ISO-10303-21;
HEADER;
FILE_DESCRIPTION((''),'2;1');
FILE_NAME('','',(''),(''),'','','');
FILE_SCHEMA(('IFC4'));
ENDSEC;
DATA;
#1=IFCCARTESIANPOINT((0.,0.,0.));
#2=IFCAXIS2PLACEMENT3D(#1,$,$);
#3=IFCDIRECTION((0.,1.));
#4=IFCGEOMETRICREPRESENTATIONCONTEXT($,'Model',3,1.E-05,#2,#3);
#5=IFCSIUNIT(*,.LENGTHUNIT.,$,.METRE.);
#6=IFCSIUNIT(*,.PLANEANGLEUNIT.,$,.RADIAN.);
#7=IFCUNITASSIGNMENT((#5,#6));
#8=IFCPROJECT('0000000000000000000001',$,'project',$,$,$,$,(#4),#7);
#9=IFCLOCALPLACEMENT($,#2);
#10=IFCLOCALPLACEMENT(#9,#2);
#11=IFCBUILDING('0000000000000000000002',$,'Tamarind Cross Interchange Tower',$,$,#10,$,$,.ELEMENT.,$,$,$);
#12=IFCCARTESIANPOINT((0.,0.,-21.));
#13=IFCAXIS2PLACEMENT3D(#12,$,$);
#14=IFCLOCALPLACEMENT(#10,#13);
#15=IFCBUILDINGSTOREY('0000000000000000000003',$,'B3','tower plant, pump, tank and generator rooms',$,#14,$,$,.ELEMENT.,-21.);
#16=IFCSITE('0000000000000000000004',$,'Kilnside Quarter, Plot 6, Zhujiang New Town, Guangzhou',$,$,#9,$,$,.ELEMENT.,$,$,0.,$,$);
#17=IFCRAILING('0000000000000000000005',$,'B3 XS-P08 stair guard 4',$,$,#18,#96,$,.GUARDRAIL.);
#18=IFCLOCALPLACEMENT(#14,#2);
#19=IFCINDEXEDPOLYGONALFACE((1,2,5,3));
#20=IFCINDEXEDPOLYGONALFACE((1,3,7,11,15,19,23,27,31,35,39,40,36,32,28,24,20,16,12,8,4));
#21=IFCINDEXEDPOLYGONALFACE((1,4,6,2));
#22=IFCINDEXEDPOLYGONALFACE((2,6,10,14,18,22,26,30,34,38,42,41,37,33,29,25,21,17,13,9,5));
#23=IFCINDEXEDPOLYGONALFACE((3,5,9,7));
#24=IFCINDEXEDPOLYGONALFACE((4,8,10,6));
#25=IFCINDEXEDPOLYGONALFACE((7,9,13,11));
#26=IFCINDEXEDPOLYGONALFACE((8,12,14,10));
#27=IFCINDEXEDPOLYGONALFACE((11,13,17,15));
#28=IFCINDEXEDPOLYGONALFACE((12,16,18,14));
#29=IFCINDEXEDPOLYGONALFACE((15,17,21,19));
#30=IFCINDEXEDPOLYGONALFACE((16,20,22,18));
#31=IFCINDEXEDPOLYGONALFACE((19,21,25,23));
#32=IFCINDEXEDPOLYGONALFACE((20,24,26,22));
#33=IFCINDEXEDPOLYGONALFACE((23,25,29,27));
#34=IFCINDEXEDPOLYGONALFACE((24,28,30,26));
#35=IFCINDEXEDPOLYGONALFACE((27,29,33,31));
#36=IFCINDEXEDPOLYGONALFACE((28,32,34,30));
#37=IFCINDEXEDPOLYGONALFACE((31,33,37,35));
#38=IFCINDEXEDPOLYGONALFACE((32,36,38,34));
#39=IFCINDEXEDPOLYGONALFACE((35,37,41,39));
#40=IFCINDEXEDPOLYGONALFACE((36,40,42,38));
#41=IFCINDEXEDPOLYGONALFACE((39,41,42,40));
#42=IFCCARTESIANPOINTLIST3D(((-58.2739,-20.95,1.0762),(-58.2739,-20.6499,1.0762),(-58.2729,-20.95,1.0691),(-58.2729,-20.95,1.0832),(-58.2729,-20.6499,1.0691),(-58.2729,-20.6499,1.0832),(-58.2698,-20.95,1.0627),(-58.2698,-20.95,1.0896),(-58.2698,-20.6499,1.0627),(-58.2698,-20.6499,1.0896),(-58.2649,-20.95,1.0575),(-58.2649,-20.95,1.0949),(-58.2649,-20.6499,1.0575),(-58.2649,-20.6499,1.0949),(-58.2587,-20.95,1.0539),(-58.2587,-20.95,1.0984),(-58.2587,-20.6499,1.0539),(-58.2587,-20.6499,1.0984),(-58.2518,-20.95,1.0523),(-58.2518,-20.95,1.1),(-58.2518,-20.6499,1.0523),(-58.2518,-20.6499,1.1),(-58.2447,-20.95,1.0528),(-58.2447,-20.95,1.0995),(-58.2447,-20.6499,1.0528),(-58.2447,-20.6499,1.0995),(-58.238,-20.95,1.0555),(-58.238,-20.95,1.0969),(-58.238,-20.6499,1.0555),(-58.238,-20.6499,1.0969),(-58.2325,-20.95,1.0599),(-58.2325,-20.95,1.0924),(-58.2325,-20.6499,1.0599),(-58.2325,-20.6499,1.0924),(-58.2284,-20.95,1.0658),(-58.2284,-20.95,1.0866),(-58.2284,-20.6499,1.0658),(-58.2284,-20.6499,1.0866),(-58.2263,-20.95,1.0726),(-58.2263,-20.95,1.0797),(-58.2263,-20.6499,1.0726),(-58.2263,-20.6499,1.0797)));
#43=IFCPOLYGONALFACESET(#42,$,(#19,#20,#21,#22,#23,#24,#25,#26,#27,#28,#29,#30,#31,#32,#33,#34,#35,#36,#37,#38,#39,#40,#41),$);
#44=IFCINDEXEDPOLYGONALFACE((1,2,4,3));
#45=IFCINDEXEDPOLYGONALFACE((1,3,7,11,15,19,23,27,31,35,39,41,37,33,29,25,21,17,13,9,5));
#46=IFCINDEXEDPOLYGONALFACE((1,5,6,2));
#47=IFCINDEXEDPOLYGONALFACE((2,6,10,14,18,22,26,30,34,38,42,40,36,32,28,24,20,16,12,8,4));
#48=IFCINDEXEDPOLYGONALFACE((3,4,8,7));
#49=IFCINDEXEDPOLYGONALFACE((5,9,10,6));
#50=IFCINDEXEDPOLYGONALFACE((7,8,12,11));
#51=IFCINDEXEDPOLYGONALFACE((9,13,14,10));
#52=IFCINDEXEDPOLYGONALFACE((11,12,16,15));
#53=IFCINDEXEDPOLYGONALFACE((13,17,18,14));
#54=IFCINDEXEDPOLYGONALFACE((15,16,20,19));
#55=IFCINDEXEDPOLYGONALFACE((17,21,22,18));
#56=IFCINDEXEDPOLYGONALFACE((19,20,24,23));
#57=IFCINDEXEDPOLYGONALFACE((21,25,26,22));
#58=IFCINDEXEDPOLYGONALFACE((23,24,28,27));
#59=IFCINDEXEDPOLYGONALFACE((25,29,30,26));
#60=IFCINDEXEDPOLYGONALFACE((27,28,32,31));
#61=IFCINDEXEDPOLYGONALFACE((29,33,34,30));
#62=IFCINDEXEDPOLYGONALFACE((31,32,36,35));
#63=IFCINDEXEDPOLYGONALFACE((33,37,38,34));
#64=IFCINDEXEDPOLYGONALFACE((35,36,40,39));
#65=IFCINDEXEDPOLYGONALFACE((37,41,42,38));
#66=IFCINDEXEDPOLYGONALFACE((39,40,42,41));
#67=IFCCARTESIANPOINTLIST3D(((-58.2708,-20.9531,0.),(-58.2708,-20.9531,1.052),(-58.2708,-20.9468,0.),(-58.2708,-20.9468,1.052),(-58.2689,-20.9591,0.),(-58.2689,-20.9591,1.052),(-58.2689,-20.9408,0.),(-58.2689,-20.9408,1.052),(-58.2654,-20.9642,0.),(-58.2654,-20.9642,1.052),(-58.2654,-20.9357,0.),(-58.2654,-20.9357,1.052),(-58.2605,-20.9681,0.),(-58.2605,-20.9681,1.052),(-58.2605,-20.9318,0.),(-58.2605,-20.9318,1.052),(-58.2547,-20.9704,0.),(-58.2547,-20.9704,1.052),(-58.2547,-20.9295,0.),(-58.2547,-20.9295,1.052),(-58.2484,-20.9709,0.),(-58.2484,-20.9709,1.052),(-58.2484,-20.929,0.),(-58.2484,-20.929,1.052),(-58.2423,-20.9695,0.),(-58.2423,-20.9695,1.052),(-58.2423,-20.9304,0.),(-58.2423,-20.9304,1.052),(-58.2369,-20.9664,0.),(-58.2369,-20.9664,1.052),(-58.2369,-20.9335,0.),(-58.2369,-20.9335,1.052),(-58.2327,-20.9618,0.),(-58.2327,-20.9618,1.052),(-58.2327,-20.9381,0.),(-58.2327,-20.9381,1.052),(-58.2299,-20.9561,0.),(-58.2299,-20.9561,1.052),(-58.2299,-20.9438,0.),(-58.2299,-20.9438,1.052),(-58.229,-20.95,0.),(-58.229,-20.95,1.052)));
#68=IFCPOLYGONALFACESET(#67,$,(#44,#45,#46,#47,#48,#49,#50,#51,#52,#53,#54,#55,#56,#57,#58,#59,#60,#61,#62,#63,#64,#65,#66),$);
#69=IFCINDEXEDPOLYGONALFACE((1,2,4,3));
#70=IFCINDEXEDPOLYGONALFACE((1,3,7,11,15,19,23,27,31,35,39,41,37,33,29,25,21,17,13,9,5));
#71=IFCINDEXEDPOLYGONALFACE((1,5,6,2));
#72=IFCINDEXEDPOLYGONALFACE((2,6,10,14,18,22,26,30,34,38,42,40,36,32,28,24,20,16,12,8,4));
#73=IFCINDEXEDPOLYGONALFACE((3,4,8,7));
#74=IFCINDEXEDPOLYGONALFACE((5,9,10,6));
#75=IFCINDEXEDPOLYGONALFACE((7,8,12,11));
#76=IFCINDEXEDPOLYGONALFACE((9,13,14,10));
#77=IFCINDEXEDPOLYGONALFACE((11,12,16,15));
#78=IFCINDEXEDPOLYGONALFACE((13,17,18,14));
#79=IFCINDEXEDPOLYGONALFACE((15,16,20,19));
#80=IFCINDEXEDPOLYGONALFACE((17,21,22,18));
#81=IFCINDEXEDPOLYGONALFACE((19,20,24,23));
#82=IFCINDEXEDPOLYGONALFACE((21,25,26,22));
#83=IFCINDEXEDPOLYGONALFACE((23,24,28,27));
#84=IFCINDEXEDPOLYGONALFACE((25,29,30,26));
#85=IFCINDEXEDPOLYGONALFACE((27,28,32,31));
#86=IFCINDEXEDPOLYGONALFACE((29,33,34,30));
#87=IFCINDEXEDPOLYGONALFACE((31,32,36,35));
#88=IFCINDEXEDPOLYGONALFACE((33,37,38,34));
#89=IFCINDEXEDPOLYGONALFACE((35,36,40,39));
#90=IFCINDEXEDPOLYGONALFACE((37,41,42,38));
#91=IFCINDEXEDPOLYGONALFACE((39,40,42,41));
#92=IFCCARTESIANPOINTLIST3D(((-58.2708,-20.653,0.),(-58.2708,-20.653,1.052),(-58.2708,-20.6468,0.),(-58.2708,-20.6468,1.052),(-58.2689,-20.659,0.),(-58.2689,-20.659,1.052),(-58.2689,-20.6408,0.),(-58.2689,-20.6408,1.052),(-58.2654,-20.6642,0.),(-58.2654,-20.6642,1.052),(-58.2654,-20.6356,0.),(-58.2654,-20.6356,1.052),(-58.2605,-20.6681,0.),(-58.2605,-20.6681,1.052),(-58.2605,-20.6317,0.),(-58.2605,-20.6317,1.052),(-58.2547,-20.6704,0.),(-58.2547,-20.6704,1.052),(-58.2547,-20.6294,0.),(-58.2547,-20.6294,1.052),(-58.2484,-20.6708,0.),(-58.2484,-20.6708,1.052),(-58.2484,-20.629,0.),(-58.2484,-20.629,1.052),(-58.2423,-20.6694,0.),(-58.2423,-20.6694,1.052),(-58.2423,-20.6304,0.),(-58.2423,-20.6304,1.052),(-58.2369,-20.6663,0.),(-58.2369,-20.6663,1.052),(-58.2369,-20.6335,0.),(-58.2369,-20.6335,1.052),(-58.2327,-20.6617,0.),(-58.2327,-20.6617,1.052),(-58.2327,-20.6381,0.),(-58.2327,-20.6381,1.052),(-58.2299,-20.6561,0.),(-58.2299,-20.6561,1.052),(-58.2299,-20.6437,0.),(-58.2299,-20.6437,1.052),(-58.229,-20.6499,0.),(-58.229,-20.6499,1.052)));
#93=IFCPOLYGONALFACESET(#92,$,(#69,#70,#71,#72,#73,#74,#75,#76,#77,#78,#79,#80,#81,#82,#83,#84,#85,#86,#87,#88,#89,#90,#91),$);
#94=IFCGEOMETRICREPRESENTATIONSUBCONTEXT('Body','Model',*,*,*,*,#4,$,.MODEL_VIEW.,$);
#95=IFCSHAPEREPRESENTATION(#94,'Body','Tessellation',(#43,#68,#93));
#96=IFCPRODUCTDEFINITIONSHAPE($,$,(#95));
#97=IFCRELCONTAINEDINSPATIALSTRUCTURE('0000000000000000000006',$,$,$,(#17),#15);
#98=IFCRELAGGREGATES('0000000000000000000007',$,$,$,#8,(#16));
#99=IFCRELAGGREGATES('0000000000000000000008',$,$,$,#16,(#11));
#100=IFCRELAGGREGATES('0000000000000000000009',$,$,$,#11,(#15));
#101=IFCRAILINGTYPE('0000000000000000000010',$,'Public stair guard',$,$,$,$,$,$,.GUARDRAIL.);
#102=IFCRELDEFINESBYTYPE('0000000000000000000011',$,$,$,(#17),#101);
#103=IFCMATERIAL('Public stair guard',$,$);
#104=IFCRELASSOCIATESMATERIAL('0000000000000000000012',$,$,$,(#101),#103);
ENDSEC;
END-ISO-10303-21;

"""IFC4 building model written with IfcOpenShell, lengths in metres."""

from ifc_helpers import new_model, si_unit, direction, frame, origin, origin_2d, place, context, subcontext, project, spatial, circle, extrude, material, type_object, element, save


model = new_model("IFC4")

# Units and contexts
model_context = context("Model", 3, precision=1e-05, world=origin(), true_north=direction((0.0, 1.0)))
body_context = subcontext(model_context, "Body", "Model", "MODEL_VIEW")
ifc_project = project(units=[si_unit("LENGTHUNIT", "METRE"), si_unit("PLANEANGLEUNIT", "RADIAN")], contexts=[model_context])

# Site, building, storey
site_placement = place(None, origin())
site = spatial("IfcSite", under=ifc_project, at=site_placement, Name="Kilnside Quarter, Plot 6, Zhujiang New Town, Guangzhou", CompositionType="ELEMENT", RefElevation=0.0)
building_placement = place(site_placement, origin())
building = spatial("IfcBuilding", under=site, at=building_placement, Name="Tamarind Cross Interchange Tower", CompositionType="ELEMENT")
storey_placement = place(building_placement, frame((0.0, 0.0, -21.0)))
storey = spatial("IfcBuildingStorey", under=building, at=storey_placement, Name="B3", Description="tower plant, pump, tank and generator rooms", CompositionType="ELEMENT", Elevation=-21.0)

# Railing
ifc_material_1 = material(Name="Public stair guard")
railing_type_1 = type_object("IfcRailingType", Name="Public stair guard", PredefinedType="GUARDRAIL", material=ifc_material_1)
railing_1_placement = place(storey_placement, frame((-58.25, -20.95, 0.0)))
element("IfcRailing", 1, at=railing_1_placement, inside=storey, type_object=railing_type_1, Name="B3 XS-P08 stair guard 4", PredefinedType="GUARDRAIL", context=body_context, shape_type="SweptSolid", body=[
    extrude(circle(Radius=0.0239, at=origin_2d()), frame((0.0, 0.0, 1.0762), z_axis=(0.0, 1.0, 0.0), x_axis=(-1.0, 0.0, 0.0)), (0.0, 0.0, 1.0), 0.3),
    extrude(circle(Radius=0.021, at=origin_2d()), origin(), (0.0, 0.0, 1.0), 1.052),
    extrude(circle(Radius=0.021, at=origin_2d()), frame((0.0, 0.3, 0.0)), (0.0, 0.0, 1.0), 1.052),
])

save(model, "model.ifc")
